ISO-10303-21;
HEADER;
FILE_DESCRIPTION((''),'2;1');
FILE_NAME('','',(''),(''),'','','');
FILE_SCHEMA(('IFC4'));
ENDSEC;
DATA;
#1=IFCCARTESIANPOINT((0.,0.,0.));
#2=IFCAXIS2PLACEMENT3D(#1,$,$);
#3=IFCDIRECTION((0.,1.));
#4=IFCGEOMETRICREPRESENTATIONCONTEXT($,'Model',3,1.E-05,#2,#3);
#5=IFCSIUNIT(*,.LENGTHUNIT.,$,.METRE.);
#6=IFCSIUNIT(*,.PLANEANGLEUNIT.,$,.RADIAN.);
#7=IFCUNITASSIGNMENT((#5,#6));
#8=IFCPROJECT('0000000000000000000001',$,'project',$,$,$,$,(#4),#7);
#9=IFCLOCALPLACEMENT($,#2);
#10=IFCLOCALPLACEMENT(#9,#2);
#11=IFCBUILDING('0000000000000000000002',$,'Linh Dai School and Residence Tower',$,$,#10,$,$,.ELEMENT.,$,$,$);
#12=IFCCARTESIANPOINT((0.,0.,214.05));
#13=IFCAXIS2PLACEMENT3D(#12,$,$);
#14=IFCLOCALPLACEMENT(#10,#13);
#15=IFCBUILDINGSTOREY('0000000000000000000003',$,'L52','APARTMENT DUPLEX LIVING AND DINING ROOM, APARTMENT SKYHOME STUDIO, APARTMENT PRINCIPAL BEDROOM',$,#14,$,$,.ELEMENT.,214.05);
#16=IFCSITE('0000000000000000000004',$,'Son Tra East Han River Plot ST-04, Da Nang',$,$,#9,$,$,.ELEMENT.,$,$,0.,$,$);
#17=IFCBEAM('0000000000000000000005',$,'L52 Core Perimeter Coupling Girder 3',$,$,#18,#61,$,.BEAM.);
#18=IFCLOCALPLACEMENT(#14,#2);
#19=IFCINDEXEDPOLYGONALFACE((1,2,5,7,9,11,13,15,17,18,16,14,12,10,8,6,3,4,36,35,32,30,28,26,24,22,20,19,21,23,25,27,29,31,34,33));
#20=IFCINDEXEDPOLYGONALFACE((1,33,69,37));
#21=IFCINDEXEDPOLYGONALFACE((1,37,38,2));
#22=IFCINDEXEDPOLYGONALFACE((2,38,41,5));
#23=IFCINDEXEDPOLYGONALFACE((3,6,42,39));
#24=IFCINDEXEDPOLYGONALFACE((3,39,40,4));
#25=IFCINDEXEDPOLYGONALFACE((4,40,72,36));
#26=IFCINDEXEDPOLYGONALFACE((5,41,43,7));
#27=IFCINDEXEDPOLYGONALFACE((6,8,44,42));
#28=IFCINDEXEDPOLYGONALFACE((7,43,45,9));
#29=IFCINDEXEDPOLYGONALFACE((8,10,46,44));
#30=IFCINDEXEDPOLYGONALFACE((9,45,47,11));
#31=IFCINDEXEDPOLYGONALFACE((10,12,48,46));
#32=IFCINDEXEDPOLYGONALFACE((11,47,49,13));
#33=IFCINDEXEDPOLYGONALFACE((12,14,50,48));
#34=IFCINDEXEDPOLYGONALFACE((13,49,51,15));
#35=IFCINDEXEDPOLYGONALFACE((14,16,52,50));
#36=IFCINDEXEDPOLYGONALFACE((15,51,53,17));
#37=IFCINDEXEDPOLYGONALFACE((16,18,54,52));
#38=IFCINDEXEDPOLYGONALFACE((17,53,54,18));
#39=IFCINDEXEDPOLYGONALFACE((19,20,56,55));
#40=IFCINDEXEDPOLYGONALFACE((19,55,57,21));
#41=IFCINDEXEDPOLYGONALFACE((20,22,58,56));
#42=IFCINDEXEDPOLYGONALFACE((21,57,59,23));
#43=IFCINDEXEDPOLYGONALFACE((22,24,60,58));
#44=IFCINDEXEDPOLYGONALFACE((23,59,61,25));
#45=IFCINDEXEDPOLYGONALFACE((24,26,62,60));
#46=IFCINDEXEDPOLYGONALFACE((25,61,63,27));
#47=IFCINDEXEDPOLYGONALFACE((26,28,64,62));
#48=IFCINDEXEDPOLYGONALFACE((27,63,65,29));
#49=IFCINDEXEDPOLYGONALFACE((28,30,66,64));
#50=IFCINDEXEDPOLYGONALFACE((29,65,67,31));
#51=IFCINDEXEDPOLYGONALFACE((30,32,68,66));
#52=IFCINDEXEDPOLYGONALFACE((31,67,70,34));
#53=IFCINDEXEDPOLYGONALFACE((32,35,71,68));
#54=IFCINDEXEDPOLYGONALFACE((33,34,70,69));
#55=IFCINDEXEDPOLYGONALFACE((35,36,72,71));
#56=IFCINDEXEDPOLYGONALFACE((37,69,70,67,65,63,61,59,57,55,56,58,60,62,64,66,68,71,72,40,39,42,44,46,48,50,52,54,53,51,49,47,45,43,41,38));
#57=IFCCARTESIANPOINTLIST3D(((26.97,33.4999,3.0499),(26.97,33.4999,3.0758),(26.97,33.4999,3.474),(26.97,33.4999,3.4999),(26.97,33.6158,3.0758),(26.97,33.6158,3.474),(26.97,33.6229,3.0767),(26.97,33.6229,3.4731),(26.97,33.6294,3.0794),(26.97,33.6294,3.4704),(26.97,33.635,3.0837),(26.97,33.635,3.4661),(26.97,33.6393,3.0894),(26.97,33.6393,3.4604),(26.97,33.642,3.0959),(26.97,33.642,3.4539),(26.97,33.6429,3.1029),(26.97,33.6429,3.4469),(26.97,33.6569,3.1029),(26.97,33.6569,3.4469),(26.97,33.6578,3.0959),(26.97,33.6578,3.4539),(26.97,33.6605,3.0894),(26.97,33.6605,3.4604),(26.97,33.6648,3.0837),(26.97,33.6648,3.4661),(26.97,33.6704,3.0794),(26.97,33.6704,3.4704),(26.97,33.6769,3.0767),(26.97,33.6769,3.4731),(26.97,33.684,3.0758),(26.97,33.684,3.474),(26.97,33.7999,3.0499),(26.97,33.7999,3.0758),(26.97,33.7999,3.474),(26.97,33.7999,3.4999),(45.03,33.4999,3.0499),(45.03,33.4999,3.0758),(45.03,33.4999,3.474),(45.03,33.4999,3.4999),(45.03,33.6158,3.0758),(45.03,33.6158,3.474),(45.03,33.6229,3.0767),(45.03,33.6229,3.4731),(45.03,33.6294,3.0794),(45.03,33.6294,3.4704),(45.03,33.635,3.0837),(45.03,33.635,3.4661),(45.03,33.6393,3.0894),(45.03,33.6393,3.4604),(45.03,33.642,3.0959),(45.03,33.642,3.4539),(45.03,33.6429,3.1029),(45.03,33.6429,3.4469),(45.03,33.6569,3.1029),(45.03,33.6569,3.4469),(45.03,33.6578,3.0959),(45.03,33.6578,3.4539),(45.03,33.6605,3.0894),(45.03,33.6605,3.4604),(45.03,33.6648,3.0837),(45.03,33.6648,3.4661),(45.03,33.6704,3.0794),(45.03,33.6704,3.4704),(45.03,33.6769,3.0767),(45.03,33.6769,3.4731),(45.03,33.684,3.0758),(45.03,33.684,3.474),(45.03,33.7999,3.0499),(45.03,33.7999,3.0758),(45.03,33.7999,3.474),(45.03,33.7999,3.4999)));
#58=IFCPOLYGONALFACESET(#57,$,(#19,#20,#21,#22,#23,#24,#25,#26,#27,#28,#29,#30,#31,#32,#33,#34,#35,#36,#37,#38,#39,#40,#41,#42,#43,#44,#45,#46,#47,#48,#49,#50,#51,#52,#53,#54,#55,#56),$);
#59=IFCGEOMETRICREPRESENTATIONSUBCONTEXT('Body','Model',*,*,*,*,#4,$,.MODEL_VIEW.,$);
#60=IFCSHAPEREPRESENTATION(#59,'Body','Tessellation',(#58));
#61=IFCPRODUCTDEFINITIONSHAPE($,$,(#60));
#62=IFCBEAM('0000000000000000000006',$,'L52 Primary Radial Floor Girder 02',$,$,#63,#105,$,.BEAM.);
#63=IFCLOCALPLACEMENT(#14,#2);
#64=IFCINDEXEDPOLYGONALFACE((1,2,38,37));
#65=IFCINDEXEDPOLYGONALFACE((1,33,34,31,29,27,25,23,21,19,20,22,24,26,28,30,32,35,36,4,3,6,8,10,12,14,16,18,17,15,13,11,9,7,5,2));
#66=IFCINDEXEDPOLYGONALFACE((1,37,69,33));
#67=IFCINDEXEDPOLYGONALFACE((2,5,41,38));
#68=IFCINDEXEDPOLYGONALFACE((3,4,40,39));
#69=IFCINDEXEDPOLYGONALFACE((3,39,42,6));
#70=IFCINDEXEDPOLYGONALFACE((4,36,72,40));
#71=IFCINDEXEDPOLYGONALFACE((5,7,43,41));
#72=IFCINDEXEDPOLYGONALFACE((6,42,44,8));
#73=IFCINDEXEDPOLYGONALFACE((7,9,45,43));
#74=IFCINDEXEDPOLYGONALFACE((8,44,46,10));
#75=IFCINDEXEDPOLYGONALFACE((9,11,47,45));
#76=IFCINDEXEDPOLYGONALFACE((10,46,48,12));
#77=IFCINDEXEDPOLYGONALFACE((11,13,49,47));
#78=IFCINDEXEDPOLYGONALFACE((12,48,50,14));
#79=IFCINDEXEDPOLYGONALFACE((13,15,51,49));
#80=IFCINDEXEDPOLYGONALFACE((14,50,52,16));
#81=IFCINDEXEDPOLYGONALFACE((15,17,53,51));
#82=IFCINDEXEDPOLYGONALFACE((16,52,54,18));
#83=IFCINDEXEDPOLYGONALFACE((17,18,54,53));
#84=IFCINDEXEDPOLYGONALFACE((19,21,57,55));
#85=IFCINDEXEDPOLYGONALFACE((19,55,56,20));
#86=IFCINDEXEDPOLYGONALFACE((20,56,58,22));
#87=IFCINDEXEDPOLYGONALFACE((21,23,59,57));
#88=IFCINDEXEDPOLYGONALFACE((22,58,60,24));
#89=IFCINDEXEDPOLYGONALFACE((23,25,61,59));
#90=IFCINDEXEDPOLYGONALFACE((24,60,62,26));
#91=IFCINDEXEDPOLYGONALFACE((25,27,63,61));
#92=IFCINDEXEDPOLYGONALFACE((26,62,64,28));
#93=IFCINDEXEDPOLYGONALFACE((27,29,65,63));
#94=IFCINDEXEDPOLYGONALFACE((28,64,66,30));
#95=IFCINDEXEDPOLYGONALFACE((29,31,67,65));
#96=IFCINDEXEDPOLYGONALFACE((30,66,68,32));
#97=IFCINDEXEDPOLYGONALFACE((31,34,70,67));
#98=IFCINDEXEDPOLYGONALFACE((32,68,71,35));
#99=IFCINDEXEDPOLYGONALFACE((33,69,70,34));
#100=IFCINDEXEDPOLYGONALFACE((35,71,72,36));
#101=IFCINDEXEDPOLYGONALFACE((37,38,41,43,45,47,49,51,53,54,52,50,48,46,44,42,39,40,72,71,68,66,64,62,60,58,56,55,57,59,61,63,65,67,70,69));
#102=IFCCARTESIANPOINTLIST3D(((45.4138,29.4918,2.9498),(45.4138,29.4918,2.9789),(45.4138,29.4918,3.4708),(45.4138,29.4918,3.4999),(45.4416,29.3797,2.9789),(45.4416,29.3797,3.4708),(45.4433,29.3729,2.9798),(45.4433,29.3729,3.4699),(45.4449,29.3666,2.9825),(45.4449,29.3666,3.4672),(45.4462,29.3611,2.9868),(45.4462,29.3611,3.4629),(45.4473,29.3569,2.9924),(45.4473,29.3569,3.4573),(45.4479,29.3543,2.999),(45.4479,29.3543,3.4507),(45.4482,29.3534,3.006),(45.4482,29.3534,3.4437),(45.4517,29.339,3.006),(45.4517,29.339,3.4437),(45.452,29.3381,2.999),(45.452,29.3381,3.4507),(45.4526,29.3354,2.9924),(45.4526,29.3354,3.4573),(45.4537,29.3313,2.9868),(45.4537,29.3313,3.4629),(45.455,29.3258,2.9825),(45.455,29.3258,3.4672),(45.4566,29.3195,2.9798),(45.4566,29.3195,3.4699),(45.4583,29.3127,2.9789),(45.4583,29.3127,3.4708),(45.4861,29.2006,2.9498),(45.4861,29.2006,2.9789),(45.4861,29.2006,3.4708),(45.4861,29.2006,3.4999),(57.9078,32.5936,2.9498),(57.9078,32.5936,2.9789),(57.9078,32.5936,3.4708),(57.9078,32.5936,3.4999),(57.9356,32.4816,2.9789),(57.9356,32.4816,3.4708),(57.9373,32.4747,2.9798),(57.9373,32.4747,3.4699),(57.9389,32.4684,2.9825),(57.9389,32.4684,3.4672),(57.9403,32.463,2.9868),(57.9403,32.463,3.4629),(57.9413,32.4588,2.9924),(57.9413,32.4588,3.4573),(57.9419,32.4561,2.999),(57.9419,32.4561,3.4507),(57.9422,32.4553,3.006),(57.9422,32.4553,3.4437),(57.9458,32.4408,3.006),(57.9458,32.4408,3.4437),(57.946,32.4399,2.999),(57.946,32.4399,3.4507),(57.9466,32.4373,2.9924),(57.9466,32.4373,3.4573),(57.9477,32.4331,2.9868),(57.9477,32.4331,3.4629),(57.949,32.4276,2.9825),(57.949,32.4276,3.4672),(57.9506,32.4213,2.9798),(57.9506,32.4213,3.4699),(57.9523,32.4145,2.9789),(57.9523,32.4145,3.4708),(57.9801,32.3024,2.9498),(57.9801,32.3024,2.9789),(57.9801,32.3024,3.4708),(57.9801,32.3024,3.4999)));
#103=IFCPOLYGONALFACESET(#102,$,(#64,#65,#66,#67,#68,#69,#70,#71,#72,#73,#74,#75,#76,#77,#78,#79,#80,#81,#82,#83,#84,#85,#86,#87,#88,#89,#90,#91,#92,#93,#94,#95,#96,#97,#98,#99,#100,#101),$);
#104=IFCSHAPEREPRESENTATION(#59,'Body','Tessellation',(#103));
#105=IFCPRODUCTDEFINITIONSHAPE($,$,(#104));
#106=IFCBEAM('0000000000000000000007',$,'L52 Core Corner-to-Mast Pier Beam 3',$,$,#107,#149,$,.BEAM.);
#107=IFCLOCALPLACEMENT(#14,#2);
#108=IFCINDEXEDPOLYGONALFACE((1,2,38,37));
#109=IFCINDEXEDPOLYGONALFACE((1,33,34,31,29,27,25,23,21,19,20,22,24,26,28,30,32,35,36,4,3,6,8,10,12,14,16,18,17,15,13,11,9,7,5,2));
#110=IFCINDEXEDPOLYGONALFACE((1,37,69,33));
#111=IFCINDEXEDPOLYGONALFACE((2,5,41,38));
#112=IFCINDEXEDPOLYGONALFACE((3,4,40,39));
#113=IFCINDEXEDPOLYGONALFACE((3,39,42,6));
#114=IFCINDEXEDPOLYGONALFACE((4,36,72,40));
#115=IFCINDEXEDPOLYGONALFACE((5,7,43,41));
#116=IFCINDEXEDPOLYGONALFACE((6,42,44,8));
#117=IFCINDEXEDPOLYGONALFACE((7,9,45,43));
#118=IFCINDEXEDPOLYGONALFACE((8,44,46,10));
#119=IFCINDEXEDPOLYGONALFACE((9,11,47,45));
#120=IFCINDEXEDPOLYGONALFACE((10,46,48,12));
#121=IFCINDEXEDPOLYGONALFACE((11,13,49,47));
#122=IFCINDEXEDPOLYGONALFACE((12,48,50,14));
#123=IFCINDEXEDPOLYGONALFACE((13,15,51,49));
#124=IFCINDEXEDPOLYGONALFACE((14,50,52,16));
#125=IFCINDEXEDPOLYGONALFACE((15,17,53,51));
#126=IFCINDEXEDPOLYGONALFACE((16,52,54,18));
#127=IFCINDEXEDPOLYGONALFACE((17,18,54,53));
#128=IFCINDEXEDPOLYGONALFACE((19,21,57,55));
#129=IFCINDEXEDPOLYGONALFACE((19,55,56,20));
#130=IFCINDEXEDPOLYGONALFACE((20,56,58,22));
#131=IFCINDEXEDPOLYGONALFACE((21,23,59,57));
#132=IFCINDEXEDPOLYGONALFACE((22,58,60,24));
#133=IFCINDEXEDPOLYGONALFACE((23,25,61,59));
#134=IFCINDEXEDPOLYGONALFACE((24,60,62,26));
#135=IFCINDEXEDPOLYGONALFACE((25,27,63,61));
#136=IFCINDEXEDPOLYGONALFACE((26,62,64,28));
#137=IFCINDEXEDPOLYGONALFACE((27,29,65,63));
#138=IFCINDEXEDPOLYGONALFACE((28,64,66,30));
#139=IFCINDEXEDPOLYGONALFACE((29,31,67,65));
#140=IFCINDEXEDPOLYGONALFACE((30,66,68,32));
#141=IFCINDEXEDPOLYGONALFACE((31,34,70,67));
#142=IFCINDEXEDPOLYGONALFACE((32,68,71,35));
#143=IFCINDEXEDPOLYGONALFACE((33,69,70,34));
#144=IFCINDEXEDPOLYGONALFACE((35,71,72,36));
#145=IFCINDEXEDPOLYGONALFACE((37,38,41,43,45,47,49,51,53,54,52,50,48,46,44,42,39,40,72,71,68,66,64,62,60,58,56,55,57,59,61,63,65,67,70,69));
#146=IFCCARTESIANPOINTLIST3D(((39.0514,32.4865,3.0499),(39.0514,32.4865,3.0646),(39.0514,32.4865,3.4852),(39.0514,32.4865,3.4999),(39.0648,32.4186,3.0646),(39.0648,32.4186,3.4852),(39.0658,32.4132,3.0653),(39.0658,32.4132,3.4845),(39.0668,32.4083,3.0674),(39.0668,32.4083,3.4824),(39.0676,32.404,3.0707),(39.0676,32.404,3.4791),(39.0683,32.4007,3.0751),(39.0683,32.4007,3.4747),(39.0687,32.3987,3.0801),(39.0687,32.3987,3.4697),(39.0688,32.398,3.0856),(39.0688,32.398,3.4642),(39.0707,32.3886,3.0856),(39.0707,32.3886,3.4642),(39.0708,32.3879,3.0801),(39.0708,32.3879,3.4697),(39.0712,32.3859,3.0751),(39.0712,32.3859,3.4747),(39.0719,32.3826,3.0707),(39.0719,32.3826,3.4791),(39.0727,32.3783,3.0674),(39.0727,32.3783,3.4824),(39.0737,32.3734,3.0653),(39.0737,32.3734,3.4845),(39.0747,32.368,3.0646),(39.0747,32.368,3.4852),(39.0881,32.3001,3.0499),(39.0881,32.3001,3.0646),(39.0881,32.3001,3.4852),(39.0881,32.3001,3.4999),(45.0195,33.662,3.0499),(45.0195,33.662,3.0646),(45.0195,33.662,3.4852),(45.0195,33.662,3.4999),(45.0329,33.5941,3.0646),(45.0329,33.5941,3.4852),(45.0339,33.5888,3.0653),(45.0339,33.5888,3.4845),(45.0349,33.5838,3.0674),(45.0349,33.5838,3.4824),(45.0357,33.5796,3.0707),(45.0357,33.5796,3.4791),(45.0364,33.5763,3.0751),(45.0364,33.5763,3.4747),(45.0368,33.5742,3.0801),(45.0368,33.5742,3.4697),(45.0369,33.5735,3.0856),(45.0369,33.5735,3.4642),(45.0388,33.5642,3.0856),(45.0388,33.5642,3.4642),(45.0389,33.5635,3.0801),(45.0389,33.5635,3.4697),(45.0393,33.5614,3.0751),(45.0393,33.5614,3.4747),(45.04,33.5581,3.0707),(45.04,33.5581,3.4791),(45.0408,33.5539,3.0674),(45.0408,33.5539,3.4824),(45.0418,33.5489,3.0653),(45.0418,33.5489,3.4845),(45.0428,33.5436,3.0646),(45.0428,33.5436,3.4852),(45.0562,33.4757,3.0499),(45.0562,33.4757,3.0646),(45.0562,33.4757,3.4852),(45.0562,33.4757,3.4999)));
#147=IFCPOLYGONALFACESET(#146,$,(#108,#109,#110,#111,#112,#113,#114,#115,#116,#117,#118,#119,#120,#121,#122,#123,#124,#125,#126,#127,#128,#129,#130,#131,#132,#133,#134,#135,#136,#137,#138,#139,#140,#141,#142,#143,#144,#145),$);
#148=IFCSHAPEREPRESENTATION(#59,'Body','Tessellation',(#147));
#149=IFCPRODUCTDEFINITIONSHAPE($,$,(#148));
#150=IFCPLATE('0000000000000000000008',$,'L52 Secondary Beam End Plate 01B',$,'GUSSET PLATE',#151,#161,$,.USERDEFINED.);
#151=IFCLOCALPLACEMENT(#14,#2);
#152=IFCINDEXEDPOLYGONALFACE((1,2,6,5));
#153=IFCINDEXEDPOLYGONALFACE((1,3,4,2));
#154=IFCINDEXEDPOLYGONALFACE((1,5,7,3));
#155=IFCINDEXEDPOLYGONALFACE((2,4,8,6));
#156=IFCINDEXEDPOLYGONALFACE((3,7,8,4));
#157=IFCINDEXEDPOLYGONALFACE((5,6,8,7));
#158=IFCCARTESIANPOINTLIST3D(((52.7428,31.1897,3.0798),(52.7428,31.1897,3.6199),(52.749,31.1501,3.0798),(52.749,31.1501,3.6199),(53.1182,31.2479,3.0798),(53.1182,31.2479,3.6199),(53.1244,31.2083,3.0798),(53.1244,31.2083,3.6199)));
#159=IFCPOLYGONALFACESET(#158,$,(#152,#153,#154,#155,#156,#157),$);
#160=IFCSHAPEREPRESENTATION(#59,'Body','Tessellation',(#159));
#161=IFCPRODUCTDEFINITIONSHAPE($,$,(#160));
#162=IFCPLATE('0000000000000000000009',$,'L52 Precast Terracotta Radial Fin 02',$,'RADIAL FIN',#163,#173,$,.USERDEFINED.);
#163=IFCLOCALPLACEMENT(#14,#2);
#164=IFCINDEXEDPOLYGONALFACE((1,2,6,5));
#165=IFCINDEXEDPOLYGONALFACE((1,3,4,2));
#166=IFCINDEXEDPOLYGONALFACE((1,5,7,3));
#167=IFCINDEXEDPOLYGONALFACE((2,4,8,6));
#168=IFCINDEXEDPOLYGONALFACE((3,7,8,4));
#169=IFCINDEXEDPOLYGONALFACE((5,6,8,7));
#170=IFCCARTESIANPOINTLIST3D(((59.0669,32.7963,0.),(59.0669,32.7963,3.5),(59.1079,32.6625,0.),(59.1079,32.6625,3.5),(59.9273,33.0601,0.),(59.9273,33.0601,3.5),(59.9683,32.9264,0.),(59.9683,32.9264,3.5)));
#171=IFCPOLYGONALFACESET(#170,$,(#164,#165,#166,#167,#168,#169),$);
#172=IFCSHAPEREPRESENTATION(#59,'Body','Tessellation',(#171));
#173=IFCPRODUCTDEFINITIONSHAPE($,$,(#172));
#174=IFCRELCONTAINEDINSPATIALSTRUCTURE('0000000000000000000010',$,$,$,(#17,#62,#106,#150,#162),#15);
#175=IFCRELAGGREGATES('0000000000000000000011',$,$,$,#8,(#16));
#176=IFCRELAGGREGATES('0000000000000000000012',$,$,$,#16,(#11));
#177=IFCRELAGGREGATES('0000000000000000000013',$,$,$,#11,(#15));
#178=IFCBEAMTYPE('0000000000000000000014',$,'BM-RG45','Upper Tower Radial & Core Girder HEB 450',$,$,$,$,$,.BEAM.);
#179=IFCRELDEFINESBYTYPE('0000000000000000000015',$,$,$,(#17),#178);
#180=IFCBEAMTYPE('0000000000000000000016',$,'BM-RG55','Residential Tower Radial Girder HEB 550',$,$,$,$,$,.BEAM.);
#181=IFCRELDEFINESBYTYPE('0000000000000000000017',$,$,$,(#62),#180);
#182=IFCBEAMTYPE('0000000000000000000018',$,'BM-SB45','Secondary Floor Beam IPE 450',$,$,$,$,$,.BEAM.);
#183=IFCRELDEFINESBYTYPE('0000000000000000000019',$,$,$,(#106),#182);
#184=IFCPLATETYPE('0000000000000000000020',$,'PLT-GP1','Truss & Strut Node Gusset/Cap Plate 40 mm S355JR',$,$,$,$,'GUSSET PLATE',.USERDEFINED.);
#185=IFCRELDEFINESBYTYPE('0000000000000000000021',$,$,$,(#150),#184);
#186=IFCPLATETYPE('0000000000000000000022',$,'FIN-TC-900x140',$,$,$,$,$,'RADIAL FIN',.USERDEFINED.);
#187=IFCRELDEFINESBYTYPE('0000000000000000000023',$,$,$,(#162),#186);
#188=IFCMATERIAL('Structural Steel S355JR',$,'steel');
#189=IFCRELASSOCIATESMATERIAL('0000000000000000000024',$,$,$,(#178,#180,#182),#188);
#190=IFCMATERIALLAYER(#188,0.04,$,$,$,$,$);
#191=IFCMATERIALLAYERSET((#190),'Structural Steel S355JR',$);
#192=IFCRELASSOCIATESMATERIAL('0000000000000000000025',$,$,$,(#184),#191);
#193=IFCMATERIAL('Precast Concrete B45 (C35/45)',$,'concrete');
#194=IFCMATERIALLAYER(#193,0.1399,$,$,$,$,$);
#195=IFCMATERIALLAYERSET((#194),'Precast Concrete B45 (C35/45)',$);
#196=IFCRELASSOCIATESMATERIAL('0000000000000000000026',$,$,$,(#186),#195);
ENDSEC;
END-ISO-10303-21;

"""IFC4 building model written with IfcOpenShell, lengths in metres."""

from ifc_helpers import new_model, si_unit, direction, frame, origin, origin_2d, place, context, subcontext, project, spatial, rectangle, i_section, extrude, source, transform, mapped, material, layer, layer_set, material_profile, profile_set, type_object, element, save


model = new_model("IFC4")

# Units and contexts
model_context = context("Model", 3, precision=1e-05, world=origin(), true_north=direction((0.0, 1.0)))
body_context = subcontext(model_context, "Body", "Model", "MODEL_VIEW")
ifc_project = project(units=[si_unit("LENGTHUNIT", "METRE"), si_unit("PLANEANGLEUNIT", "RADIAN")], contexts=[model_context])

# Site, building, storey
site_placement = place(None, origin())
site = spatial("IfcSite", under=ifc_project, at=site_placement, Name="Son Tra East Han River Plot ST-04, Da Nang", CompositionType="ELEMENT", RefElevation=0.0)
building_placement = place(site_placement, origin())
building = spatial("IfcBuilding", under=site, at=building_placement, Name="Linh Dai School and Residence Tower", CompositionType="ELEMENT")
storey_placement = place(building_placement, frame((0.0, 0.0, 214.05)))
storey = spatial("IfcBuildingStorey", under=building, at=storey_placement, Name="L52", Description="APARTMENT DUPLEX LIVING AND DINING ROOM, APARTMENT SKYHOME STUDIO, APARTMENT PRINCIPAL BEDROOM", CompositionType="ELEMENT", Elevation=214.05)

# Shared definitions
ifc_material_1 = material(Name="Structural Steel S355JR", Category="steel")

# Beams
ifc_material_profile_1 = material_profile(ifc_material_1, i_section(OverallWidth=0.3, OverallDepth=0.45, WebThickness=0.0139, FlangeThickness=0.0259, FilletRadius=0.0271, at=origin_2d()), Name="HEB 450")
ifc_profile_set_1 = profile_set([ifc_material_profile_1], Name="Structural Steel S355JR")
beam_type_1 = type_object("IfcBeamType", Name="BM-RG45", Description="Upper Tower Radial & Core Girder HEB 450", PredefinedType="BEAM", material=ifc_profile_set_1)
beam_1_placement = place(storey_placement, frame((45.03, 33.6499, 3.2749), z_axis=(-1.0, 0.0, 0.0), x_axis=(0.0, -1.0, 0.0)))
element("IfcBeam", 1, at=beam_1_placement, inside=storey, type_object=beam_type_1, Name="L52 Core Perimeter Coupling Girder 3", PredefinedType="BEAM", context=body_context, shape_type="SweptSolid", body=[
    extrude(i_section(OverallWidth=0.3, OverallDepth=0.45, WebThickness=0.0139, FlangeThickness=0.0259, FilletRadius=0.0271, at=origin_2d()), origin(), (0.0, 0.0, 1.0), 18.0601),
])
ifc_material_profile_2 = material_profile(ifc_material_1, i_section(OverallWidth=0.3, OverallDepth=0.55, WebThickness=0.0149, FlangeThickness=0.0291, FilletRadius=0.0271, at=origin_2d()), Name="HEB 550")
ifc_profile_set_2 = profile_set([ifc_material_profile_2], Name="Structural Steel S355JR")
beam_type_2 = type_object("IfcBeamType", Name="BM-RG55", Description="Residential Tower Radial Girder HEB 550", PredefinedType="BEAM", material=ifc_profile_set_2)
beam_2_placement = place(storey_placement, frame((45.45, 29.3462, 3.2249), z_axis=(0.970537, 0.240951, 0.0), x_axis=(-0.240951, 0.970537, 0.0)))
element("IfcBeam", 2, at=beam_2_placement, inside=storey, type_object=beam_type_2, Name="L52 Primary Radial Floor Girder 02", PredefinedType="BEAM", context=body_context, shape_type="SweptSolid", body=[
    extrude(i_section(OverallWidth=0.3, OverallDepth=0.55, WebThickness=0.0149, FlangeThickness=0.0291, FilletRadius=0.0271, at=origin_2d()), origin(), (0.0, 0.0, 1.0), 12.8733),
])
ifc_material_profile_3 = material_profile(ifc_material_1, i_section(OverallWidth=0.1899, OverallDepth=0.45, WebThickness=0.0095, FlangeThickness=0.0146, FilletRadius=0.021, at=origin_2d()), Name="IPE 450")
ifc_profile_set_3 = profile_set([ifc_material_profile_3], Name="Structural Steel S355JR")
beam_type_3 = type_object("IfcBeamType", Name="BM-SB45", Description="Secondary Floor Beam IPE 450", PredefinedType="BEAM", material=ifc_profile_set_3)
beam_3_placement = place(storey_placement, frame((45.0378, 33.5688, 3.2749), z_axis=(-0.981148, -0.193259, 0.0), x_axis=(0.193259, -0.981148, 0.0)))
element("IfcBeam", 3, at=beam_3_placement, inside=storey, type_object=beam_type_3, Name="L52 Core Corner-to-Mast Pier Beam 3", PredefinedType="BEAM", context=body_context, shape_type="SweptSolid", body=[
    extrude(i_section(OverallWidth=0.1899, OverallDepth=0.45, WebThickness=0.0095, FlangeThickness=0.0146, FilletRadius=0.021, at=origin_2d()), origin(), (0.0, 0.0, 1.0), 6.0828),
])

# Plates
ifc_layer_1 = layer(ifc_material_1, 0.04)
ifc_layer_set_1 = layer_set([ifc_layer_1], Name="Structural Steel S355JR")
plate_type_1 = type_object("IfcPlateType", Name="PLT-GP1", Description="Truss & Strut Node Gusset/Cap Plate 40 mm S355JR", ElementType="GUSSET PLATE", PredefinedType="USERDEFINED", material=ifc_layer_set_1)
shared_shape_1 = source(origin(), body_context, "Body", "SweptSolid", [
    extrude(rectangle(XDim=0.04, YDim=0.3799, at=origin_2d()), origin(), (0.0, 0.0, 1.0), 0.54),
])
plate_1_placement = place(storey_placement, frame((52.9336, 31.199, 3.0798), z_axis=(0.0, 0.0, 1.0), x_axis=(-0.153186, 0.988197, 0.0)))
element("IfcPlate", 4, at=plate_1_placement, inside=storey, type_object=plate_type_1, Name="L52 Secondary Beam End Plate 01B", ObjectType="GUSSET PLATE", PredefinedType="USERDEFINED", context=body_context, shape_type="MappedRepresentation", body=[
    mapped(shared_shape_1, transform((0.0, 0.0, 0.0), x_axis=(1.0, 0.0, 0.0), y_axis=(0.0, 1.0, 0.0), z_axis=(0.0, 0.0, 1.0), scale=1.0)),
])
ifc_material_2 = material(Name="Precast Concrete B45 (C35/45)", Category="concrete")
ifc_layer_2 = layer(ifc_material_2, 0.1399)
ifc_layer_set_2 = layer_set([ifc_layer_2], Name="Precast Concrete B45 (C35/45)")
plate_type_2 = type_object("IfcPlateType", Name="FIN-TC-900x140", ElementType="RADIAL FIN", PredefinedType="USERDEFINED", material=ifc_layer_set_2)
shared_shape_2 = source(origin(), body_context, "Body", "SweptSolid", [
    extrude(rectangle(XDim=0.8999, YDim=0.1399, at=origin_2d()), origin(), (0.0, 0.0, 1.0), 3.5),
])
plate_2_placement = place(storey_placement, frame((59.5176, 32.8613, 0.0), z_axis=(0.0, 0.0, 1.0), x_axis=(0.956064, 0.293157, 0.0)))
element("IfcPlate", 5, at=plate_2_placement, inside=storey, type_object=plate_type_2, Name="L52 Precast Terracotta Radial Fin 02", ObjectType="RADIAL FIN", PredefinedType="USERDEFINED", context=body_context, shape_type="MappedRepresentation", body=[
    mapped(shared_shape_2, transform((0.0, 0.0, 0.0), x_axis=(1.0, 0.0, 0.0), y_axis=(0.0, 1.0, 0.0), z_axis=(0.0, 0.0, 1.0), scale=1.0)),
])

save(model, "model.ifc")
